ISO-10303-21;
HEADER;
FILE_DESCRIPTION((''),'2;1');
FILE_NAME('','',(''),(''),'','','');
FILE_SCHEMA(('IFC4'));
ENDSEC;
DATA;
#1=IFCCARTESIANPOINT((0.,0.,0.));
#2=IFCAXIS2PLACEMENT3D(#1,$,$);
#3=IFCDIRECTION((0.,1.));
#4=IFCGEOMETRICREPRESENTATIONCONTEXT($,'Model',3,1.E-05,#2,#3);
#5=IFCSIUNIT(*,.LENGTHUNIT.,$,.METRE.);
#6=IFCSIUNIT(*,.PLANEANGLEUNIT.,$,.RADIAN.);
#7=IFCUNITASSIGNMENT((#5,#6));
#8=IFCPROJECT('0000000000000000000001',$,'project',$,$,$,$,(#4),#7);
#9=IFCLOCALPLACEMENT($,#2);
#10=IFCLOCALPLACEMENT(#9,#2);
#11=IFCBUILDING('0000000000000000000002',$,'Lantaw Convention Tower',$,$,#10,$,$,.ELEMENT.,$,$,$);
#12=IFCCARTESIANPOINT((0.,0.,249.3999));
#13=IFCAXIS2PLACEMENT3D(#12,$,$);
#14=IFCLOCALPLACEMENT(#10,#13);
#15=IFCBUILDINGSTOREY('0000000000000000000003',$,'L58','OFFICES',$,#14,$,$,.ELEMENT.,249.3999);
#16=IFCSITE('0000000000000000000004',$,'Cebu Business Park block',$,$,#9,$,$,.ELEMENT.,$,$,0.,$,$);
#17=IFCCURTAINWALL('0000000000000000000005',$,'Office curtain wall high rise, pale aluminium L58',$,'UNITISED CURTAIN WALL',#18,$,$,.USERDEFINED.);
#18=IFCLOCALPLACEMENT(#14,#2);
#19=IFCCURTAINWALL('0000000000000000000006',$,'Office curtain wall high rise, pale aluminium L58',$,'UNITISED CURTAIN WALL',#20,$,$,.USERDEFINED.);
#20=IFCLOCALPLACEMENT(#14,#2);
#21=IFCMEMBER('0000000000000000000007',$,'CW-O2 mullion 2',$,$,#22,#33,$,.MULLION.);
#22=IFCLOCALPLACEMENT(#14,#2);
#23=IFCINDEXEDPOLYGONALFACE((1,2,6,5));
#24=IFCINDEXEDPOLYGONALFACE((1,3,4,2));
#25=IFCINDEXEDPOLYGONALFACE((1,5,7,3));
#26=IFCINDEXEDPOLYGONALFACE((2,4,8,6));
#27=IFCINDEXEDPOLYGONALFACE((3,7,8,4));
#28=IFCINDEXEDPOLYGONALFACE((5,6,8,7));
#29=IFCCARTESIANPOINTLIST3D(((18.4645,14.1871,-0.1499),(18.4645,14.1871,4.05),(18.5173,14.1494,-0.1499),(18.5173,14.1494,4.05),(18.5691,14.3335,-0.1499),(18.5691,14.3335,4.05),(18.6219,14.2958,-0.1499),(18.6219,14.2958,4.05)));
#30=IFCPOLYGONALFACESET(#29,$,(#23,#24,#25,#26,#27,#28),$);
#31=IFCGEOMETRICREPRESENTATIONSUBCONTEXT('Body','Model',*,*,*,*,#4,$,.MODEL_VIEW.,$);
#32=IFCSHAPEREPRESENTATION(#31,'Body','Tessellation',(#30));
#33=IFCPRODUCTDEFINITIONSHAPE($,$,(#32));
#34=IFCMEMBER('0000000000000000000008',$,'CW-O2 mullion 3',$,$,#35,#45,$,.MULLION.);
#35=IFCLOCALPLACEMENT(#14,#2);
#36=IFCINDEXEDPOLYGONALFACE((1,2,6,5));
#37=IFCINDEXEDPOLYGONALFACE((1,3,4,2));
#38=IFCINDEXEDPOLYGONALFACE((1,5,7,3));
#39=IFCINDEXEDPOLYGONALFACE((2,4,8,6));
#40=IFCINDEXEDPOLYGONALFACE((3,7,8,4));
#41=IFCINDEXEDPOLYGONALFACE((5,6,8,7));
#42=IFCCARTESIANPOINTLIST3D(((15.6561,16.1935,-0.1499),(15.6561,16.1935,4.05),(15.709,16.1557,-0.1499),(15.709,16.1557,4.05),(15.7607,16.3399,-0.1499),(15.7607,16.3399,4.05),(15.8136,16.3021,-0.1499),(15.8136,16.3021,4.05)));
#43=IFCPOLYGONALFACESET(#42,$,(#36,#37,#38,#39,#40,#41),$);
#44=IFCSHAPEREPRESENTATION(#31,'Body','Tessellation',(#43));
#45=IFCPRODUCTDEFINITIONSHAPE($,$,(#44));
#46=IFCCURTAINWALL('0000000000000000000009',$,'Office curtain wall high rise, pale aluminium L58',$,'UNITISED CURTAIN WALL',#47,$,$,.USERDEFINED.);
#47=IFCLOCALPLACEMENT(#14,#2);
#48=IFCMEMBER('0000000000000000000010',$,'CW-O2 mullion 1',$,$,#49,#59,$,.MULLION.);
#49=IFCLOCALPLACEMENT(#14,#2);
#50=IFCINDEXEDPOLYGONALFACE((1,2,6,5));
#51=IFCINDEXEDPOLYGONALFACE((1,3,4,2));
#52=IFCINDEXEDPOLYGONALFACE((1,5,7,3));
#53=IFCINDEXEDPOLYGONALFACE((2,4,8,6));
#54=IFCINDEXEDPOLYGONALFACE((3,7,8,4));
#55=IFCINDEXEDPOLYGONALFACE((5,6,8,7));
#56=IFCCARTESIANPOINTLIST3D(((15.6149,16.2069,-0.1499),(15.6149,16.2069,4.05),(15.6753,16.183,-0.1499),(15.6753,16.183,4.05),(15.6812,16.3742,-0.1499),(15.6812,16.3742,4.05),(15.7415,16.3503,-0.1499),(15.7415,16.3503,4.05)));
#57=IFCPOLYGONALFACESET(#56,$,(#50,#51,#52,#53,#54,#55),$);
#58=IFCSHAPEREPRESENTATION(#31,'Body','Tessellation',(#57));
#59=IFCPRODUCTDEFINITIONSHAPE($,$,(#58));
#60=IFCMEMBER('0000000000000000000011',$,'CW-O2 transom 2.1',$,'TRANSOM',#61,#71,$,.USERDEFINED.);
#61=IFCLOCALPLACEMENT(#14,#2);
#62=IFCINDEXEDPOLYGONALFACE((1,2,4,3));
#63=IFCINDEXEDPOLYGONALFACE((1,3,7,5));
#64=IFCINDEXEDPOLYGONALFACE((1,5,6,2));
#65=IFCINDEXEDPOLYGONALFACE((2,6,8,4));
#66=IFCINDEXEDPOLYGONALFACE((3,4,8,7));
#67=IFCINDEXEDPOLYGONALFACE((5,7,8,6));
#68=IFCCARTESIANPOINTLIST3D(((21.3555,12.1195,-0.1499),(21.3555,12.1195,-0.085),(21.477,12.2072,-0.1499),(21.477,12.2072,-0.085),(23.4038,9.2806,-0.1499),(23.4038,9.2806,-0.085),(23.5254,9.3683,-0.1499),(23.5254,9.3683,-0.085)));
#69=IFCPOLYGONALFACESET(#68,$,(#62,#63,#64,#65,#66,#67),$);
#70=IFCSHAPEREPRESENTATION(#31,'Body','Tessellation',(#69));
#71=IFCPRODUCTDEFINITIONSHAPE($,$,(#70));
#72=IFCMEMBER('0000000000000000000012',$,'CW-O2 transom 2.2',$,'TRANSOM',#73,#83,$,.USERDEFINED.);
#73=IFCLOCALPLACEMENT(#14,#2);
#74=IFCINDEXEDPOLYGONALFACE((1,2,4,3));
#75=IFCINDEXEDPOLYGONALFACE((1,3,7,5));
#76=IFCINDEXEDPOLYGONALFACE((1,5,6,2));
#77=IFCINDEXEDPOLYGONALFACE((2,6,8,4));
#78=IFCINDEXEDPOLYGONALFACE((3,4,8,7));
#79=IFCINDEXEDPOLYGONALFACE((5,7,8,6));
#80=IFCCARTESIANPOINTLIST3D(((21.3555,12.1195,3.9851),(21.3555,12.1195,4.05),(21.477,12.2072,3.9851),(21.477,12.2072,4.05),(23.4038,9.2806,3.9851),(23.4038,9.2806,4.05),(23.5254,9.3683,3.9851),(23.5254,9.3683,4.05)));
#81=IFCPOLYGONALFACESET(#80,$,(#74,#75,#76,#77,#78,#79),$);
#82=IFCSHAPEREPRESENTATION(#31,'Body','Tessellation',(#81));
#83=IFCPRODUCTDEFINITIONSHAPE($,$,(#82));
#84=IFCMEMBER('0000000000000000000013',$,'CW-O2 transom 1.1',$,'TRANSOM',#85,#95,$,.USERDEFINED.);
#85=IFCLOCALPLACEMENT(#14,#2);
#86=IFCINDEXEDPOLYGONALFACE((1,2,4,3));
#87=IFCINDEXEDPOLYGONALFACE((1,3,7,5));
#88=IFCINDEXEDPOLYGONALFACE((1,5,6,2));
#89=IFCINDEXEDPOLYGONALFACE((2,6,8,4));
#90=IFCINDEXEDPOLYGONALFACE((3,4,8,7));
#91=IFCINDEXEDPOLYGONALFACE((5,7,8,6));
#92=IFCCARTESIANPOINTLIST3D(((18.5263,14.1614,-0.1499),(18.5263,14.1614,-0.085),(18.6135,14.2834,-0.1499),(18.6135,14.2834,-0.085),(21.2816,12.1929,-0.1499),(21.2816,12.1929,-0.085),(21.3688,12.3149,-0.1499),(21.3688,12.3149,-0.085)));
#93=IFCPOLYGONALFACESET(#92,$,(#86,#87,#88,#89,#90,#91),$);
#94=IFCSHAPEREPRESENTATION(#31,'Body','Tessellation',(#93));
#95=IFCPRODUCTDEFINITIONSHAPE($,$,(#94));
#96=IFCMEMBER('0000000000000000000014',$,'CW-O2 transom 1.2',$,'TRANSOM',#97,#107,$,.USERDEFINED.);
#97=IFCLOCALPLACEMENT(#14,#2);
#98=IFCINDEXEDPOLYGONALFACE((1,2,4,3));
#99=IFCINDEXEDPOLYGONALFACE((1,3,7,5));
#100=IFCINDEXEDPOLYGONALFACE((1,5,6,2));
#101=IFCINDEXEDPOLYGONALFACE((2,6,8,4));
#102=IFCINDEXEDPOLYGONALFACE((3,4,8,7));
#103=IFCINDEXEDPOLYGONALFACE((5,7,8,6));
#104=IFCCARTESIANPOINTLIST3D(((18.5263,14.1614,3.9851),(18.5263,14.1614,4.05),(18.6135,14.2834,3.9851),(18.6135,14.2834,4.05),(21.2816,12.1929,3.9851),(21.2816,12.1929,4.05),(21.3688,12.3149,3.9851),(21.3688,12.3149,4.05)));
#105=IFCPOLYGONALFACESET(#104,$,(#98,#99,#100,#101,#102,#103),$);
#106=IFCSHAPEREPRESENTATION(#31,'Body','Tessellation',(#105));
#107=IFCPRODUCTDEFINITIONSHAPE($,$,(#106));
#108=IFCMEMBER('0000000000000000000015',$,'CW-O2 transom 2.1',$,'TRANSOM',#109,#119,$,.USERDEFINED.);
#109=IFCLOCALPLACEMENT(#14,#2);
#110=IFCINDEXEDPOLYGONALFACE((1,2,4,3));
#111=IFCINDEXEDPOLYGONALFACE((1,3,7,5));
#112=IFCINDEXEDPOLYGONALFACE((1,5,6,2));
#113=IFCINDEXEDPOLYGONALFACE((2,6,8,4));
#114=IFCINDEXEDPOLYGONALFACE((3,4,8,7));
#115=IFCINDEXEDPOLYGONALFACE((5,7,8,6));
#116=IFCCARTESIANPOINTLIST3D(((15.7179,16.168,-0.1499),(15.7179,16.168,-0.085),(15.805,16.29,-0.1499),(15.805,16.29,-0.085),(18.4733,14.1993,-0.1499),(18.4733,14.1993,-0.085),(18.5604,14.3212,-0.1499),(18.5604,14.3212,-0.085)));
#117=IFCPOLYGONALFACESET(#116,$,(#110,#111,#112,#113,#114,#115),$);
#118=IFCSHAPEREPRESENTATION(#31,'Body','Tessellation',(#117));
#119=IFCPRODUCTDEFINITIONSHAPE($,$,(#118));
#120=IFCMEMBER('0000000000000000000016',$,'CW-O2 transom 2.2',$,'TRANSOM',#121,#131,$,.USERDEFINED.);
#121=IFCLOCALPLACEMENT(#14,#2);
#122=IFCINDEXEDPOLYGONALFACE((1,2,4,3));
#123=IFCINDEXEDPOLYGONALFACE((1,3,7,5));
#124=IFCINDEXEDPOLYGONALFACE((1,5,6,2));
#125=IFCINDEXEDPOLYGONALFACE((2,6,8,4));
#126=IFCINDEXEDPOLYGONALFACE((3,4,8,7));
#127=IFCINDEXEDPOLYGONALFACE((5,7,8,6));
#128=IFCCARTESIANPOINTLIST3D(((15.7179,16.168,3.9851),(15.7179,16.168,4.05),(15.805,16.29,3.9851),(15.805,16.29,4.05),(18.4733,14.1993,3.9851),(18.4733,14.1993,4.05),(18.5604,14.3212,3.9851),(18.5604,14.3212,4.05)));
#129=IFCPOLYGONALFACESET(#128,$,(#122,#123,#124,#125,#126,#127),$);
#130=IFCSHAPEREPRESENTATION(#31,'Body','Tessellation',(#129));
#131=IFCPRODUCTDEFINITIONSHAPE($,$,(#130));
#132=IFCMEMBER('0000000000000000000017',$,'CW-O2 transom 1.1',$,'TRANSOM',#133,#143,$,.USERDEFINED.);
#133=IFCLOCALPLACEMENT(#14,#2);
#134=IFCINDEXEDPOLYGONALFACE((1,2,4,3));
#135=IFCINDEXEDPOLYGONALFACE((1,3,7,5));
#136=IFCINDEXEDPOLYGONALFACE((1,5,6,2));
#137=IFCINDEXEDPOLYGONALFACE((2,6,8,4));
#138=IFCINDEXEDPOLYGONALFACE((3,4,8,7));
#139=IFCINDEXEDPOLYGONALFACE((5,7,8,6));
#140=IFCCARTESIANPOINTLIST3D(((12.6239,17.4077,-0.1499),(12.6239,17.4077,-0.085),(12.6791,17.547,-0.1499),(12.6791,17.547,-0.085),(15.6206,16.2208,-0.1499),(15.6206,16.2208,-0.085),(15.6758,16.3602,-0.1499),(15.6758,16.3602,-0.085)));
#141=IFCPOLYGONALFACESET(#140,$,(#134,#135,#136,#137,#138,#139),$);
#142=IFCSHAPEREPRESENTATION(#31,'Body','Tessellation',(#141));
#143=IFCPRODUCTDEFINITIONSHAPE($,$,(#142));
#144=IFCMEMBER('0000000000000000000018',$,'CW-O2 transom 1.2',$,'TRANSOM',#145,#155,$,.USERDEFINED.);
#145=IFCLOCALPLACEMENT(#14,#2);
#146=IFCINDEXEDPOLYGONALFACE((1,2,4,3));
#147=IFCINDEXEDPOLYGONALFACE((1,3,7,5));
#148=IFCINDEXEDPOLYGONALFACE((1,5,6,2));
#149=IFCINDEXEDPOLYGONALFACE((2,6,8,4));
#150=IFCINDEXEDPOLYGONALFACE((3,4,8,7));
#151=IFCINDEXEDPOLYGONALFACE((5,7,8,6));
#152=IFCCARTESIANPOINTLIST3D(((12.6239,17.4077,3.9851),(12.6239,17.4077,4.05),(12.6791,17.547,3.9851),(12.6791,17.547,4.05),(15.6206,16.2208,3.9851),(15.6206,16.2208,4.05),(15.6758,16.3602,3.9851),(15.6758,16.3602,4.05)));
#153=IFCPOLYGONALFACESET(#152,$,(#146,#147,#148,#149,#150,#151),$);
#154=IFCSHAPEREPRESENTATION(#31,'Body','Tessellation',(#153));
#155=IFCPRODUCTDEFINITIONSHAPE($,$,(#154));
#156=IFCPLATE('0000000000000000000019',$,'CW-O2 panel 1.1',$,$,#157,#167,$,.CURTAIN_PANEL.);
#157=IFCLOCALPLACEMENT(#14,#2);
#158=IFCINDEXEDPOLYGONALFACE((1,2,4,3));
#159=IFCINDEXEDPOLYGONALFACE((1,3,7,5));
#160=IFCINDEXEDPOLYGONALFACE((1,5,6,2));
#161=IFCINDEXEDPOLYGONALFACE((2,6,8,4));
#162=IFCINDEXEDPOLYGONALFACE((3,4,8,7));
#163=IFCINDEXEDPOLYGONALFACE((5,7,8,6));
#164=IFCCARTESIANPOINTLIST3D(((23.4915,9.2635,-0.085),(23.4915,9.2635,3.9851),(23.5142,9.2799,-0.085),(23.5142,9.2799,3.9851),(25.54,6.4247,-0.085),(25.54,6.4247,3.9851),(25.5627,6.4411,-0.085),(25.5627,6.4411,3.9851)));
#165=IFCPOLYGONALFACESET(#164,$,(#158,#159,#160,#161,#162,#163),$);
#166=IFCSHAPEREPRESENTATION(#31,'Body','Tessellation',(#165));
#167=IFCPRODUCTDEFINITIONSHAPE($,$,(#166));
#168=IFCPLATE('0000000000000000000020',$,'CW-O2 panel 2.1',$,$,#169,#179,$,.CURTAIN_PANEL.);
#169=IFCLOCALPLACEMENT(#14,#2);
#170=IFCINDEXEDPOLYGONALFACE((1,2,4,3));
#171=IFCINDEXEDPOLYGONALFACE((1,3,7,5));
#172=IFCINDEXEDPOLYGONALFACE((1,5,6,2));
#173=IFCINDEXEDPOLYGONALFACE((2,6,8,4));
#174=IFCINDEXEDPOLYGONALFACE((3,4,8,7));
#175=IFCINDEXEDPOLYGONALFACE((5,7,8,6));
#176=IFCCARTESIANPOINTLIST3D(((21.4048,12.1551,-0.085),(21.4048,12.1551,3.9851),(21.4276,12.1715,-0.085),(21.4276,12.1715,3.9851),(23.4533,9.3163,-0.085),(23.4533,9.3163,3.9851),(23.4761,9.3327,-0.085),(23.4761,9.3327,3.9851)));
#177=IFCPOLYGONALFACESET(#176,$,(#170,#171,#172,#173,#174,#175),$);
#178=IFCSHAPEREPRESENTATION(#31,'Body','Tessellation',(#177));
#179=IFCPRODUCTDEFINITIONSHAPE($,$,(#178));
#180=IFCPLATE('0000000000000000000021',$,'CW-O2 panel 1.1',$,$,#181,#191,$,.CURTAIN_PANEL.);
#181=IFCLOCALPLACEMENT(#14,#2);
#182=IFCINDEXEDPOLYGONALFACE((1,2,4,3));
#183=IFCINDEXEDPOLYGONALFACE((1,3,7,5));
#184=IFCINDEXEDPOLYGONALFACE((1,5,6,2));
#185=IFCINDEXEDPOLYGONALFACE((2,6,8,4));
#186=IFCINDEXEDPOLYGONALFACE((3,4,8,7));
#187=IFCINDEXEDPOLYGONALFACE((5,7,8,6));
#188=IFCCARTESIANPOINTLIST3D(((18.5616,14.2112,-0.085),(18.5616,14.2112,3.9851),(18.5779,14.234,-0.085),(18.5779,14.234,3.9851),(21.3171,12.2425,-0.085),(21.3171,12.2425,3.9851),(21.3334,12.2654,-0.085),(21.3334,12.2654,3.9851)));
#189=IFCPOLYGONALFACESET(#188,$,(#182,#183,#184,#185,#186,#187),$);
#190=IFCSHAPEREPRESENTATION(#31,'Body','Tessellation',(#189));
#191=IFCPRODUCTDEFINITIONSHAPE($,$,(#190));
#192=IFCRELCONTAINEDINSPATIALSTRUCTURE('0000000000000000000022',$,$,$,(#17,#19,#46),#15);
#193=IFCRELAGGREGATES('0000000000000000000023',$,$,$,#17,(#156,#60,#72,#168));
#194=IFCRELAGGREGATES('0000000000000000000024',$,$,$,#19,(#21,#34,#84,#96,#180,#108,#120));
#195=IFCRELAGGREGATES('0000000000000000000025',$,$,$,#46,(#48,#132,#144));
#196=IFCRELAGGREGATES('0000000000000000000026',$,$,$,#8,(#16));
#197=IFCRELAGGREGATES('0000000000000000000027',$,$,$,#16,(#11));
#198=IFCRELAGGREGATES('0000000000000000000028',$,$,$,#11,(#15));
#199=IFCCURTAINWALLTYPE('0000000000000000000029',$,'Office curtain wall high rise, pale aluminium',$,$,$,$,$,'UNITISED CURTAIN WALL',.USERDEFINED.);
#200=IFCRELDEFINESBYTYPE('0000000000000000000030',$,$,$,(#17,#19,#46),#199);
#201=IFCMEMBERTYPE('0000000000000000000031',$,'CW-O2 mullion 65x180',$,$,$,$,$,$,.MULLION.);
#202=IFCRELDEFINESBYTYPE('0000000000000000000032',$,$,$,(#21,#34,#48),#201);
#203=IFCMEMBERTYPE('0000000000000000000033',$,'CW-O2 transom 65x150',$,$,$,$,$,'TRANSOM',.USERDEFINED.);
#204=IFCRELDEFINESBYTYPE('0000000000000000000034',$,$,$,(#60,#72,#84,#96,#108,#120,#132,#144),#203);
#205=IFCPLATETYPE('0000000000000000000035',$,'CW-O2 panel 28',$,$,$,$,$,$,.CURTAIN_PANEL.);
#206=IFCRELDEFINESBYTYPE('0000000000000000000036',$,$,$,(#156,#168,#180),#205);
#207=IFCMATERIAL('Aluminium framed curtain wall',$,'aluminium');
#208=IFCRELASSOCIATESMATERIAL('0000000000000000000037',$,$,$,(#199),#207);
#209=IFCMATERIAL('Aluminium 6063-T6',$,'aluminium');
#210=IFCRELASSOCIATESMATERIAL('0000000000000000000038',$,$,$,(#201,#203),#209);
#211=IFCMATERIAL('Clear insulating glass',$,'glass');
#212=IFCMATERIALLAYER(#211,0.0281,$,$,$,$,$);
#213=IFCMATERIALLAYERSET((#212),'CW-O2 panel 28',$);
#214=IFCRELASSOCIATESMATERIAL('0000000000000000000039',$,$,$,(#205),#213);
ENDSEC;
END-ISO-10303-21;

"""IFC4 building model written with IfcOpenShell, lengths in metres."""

from ifc_helpers import new_model, si_unit, direction, frame, origin, origin_2d, place, context, subcontext, project, spatial, rectangle, extrude, material, layer, layer_set, material_profile, profile_set, type_object, element, aggregate, save


model = new_model("IFC4")

# Units and contexts
model_context = context("Model", 3, precision=1e-05, world=origin(), true_north=direction((0.0, 1.0)))
body_context = subcontext(model_context, "Body", "Model", "MODEL_VIEW")
ifc_project = project(units=[si_unit("LENGTHUNIT", "METRE"), si_unit("PLANEANGLEUNIT", "RADIAN")], contexts=[model_context])

# Site, building, storey
site_placement = place(None, origin())
site = spatial("IfcSite", under=ifc_project, at=site_placement, Name="Cebu Business Park block", CompositionType="ELEMENT", RefElevation=0.0)
building_placement = place(site_placement, origin())
building = spatial("IfcBuilding", under=site, at=building_placement, Name="Lantaw Convention Tower", CompositionType="ELEMENT")
storey_placement = place(building_placement, frame((0.0, 0.0, 249.3999)))
storey = spatial("IfcBuildingStorey", under=building, at=storey_placement, Name="L58", Description="OFFICES", CompositionType="ELEMENT", Elevation=249.3999)

# Curtain walls, members
ifc_material_1 = material(Name="Aluminium framed curtain wall", Category="aluminium")
curtain_wall_type = type_object("IfcCurtainWallType", Name="Office curtain wall high rise, pale aluminium", ElementType="UNITISED CURTAIN WALL", PredefinedType="USERDEFINED", material=ifc_material_1)
curtain_wall_1_placement = place(storey_placement, origin())
curtain_wall_1 = element("IfcCurtainWall", 1, at=curtain_wall_1_placement, inside=storey, type_object=curtain_wall_type, Name="Office curtain wall high rise, pale aluminium L58", ObjectType="UNITISED CURTAIN WALL", PredefinedType="USERDEFINED")
ifc_material_2 = material(Name="Aluminium 6063-T6", Category="aluminium")
ifc_material_profile_1 = material_profile(ifc_material_2, rectangle(XDim=0.1799, YDim=0.0649, at=origin_2d()), Name="CW-O2 mullion 65x180")
ifc_profile_set_1 = profile_set([ifc_material_profile_1], Name="Aluminium 6063-T6")
member_type_1 = type_object("IfcMemberType", Name="CW-O2 mullion 65x180", PredefinedType="MULLION", material=ifc_profile_set_1)
curtain_wall_2_placement = place(storey_placement, origin())
curtain_wall_2 = element("IfcCurtainWall", 2, at=curtain_wall_2_placement, inside=storey, type_object=curtain_wall_type, Name="Office curtain wall high rise, pale aluminium L58", ObjectType="UNITISED CURTAIN WALL", PredefinedType="USERDEFINED")
member_1_placement = place(storey_placement, frame((18.5432, 14.2415, -0.1499), z_axis=(0.0, 0.0, 1.0), x_axis=(-0.581323, -0.813673, 0.0)))
member_1 = element("IfcMember", 3, at=member_1_placement, type_object=member_type_1, Name="CW-O2 mullion 2", PredefinedType="MULLION", context=body_context, shape_type="SweptSolid", body=[
    extrude(rectangle(XDim=0.1799, YDim=0.0649, at=origin_2d()), origin(), (0.0, 0.0, 1.0), 4.2),
])
member_2_placement = place(storey_placement, frame((15.7349, 16.2478, -0.1499), z_axis=(0.0, 0.0, 1.0), x_axis=(-0.581323, -0.813673, 0.0)))
member_2 = element("IfcMember", 4, at=member_2_placement, type_object=member_type_1, Name="CW-O2 mullion 3", PredefinedType="MULLION", context=body_context, shape_type="SweptSolid", body=[
    extrude(rectangle(XDim=0.1799, YDim=0.0649, at=origin_2d()), origin(), (0.0, 0.0, 1.0), 4.2),
])

# Curtain wall, member
curtain_wall_3_placement = place(storey_placement, origin())
curtain_wall_3 = element("IfcCurtainWall", 5, at=curtain_wall_3_placement, inside=storey, type_object=curtain_wall_type, Name="Office curtain wall high rise, pale aluminium L58", ObjectType="UNITISED CURTAIN WALL", PredefinedType="USERDEFINED")
member_3_placement = place(storey_placement, frame((15.6782, 16.2786, -0.1499), z_axis=(0.0, 0.0, 1.0), x_axis=(-0.368162, -0.929762, 0.0)))
member_3 = element("IfcMember", 6, at=member_3_placement, type_object=member_type_1, Name="CW-O2 mullion 1", PredefinedType="MULLION", context=body_context, shape_type="SweptSolid", body=[
    extrude(rectangle(XDim=0.1799, YDim=0.0649, at=origin_2d()), origin(), (0.0, 0.0, 1.0), 4.2),
])

# Members
ifc_material_profile_2 = material_profile(ifc_material_2, rectangle(XDim=0.1499, YDim=0.0649, at=origin_2d()), Name="CW-O2 transom 65x150")
ifc_profile_set_2 = profile_set([ifc_material_profile_2], Name="Aluminium 6063-T6")
member_type_2 = type_object("IfcMemberType", Name="CW-O2 transom 65x150", ElementType="TRANSOM", PredefinedType="USERDEFINED", material=ifc_profile_set_2)
member_4_placement = place(storey_placement, frame((23.4646, 9.3245, -0.1174), z_axis=(-0.585124, 0.810944, 0.0), x_axis=(-0.810944, -0.585124, 0.0)))
member_4 = element("IfcMember", 7, at=member_4_placement, type_object=member_type_2, Name="CW-O2 transom 2.1", ObjectType="TRANSOM", PredefinedType="USERDEFINED", context=body_context, shape_type="SweptSolid", body=[
    extrude(rectangle(XDim=0.1499, YDim=0.0649, at=origin_2d()), origin(), (0.0, 0.0, 1.0), 3.5007),
])
member_5_placement = place(storey_placement, frame((23.4646, 9.3245, 4.0176), z_axis=(-0.585124, 0.810944, 0.0), x_axis=(-0.810944, -0.585124, 0.0)))
member_5 = element("IfcMember", 8, at=member_5_placement, type_object=member_type_2, Name="CW-O2 transom 2.2", ObjectType="TRANSOM", PredefinedType="USERDEFINED", context=body_context, shape_type="SweptSolid", body=[
    extrude(rectangle(XDim=0.1499, YDim=0.0649, at=origin_2d()), origin(), (0.0, 0.0, 1.0), 3.5007),
])
member_6_placement = place(storey_placement, frame((21.3252, 12.2539, -0.1174), z_axis=(-0.81368, 0.581313, 0.0), x_axis=(-0.581313, -0.81368, 0.0)))
member_6 = element("IfcMember", 9, at=member_6_placement, type_object=member_type_2, Name="CW-O2 transom 1.1", ObjectType="TRANSOM", PredefinedType="USERDEFINED", context=body_context, shape_type="SweptSolid", body=[
    extrude(rectangle(XDim=0.1499, YDim=0.0649, at=origin_2d()), origin(), (0.0, 0.0, 1.0), 3.3862),
])
member_7_placement = place(storey_placement, frame((21.3252, 12.2539, 4.0176), z_axis=(-0.81368, 0.581313, 0.0), x_axis=(-0.581313, -0.81368, 0.0)))
member_7 = element("IfcMember", 10, at=member_7_placement, type_object=member_type_2, Name="CW-O2 transom 1.2", ObjectType="TRANSOM", PredefinedType="USERDEFINED", context=body_context, shape_type="SweptSolid", body=[
    extrude(rectangle(XDim=0.1499, YDim=0.0649, at=origin_2d()), origin(), (0.0, 0.0, 1.0), 3.3862),
])
member_8_placement = place(storey_placement, frame((18.5168, 14.2603, -0.1174), z_axis=(-0.813646, 0.581361, 0.0), x_axis=(-0.581361, -0.813646, 0.0)))
member_8 = element("IfcMember", 11, at=member_8_placement, type_object=member_type_2, Name="CW-O2 transom 2.1", ObjectType="TRANSOM", PredefinedType="USERDEFINED", context=body_context, shape_type="SweptSolid", body=[
    extrude(rectangle(XDim=0.1499, YDim=0.0649, at=origin_2d()), origin(), (0.0, 0.0, 1.0), 3.3865),
])
member_9_placement = place(storey_placement, frame((18.5168, 14.2603, 4.0176), z_axis=(-0.813646, 0.581361, 0.0), x_axis=(-0.581361, -0.813646, 0.0)))
member_9 = element("IfcMember", 12, at=member_9_placement, type_object=member_type_2, Name="CW-O2 transom 2.2", ObjectType="TRANSOM", PredefinedType="USERDEFINED", context=body_context, shape_type="SweptSolid", body=[
    extrude(rectangle(XDim=0.1499, YDim=0.0649, at=origin_2d()), origin(), (0.0, 0.0, 1.0), 3.3865),
])
member_10_placement = place(storey_placement, frame((15.6482, 16.2905, -0.1174), z_axis=(-0.929741, 0.368215, 0.0), x_axis=(-0.368215, -0.929741, 0.0)))
member_10 = element("IfcMember", 13, at=member_10_placement, type_object=member_type_2, Name="CW-O2 transom 1.1", ObjectType="TRANSOM", PredefinedType="USERDEFINED", context=body_context, shape_type="SweptSolid", body=[
    extrude(rectangle(XDim=0.1499, YDim=0.0649, at=origin_2d()), origin(), (0.0, 0.0, 1.0), 3.2231),
])
member_11_placement = place(storey_placement, frame((15.6482, 16.2905, 4.0176), z_axis=(-0.929741, 0.368215, 0.0), x_axis=(-0.368215, -0.929741, 0.0)))
member_11 = element("IfcMember", 14, at=member_11_placement, type_object=member_type_2, Name="CW-O2 transom 1.2", ObjectType="TRANSOM", PredefinedType="USERDEFINED", context=body_context, shape_type="SweptSolid", body=[
    extrude(rectangle(XDim=0.1499, YDim=0.0649, at=origin_2d()), origin(), (0.0, 0.0, 1.0), 3.2231),
])

# Plates
ifc_material_3 = material(Name="Clear insulating glass", Category="glass")
ifc_layer_1 = layer(ifc_material_3, 0.0281)
ifc_layer_set_1 = layer_set([ifc_layer_1], Name="CW-O2 panel 28")
plate_type_1 = type_object("IfcPlateType", Name="CW-O2 panel 28", PredefinedType="CURTAIN_PANEL", material=ifc_layer_set_1)
plate_1_placement = place(storey_placement, frame((24.5271, 7.8523, -0.085), z_axis=(0.0, 0.0, 1.0), x_axis=(-0.585158, 0.81092, 0.0)))
plate_1 = element("IfcPlate", 15, at=plate_1_placement, type_object=plate_type_1, Name="CW-O2 panel 1.1", PredefinedType="CURTAIN_PANEL", context=body_context, shape_type="SweptSolid", body=[
    extrude(rectangle(XDim=3.5007, YDim=0.0281, at=origin_2d()), origin(), (0.0, 0.0, 1.0), 4.0701),
])
plate_2_placement = place(storey_placement, frame((22.4404, 10.7439, -0.085), z_axis=(0.0, 0.0, 1.0), x_axis=(-0.585158, 0.81092, 0.0)))
plate_2 = element("IfcPlate", 16, at=plate_2_placement, type_object=plate_type_1, Name="CW-O2 panel 2.1", PredefinedType="CURTAIN_PANEL", context=body_context, shape_type="SweptSolid", body=[
    extrude(rectangle(XDim=3.5007, YDim=0.0281, at=origin_2d()), origin(), (0.0, 0.0, 1.0), 4.0701),
])
aggregate(curtain_wall_1, [plate_1, member_4, member_5, plate_2])
plate_3_placement = place(storey_placement, frame((19.9475, 13.2383, -0.085), z_axis=(0.0, 0.0, 1.0), x_axis=(-0.813673, 0.581323, 0.0)))
plate_3 = element("IfcPlate", 17, at=plate_3_placement, type_object=plate_type_1, Name="CW-O2 panel 1.1", PredefinedType="CURTAIN_PANEL", context=body_context, shape_type="SweptSolid", body=[
    extrude(rectangle(XDim=3.3865, YDim=0.0281, at=origin_2d()), origin(), (0.0, 0.0, 1.0), 4.0701),
])
aggregate(curtain_wall_2, [member_1, member_2, member_6, member_7, plate_3, member_8, member_9])
aggregate(curtain_wall_3, [member_3, member_10, member_11])

save(model, "model.ifc")
